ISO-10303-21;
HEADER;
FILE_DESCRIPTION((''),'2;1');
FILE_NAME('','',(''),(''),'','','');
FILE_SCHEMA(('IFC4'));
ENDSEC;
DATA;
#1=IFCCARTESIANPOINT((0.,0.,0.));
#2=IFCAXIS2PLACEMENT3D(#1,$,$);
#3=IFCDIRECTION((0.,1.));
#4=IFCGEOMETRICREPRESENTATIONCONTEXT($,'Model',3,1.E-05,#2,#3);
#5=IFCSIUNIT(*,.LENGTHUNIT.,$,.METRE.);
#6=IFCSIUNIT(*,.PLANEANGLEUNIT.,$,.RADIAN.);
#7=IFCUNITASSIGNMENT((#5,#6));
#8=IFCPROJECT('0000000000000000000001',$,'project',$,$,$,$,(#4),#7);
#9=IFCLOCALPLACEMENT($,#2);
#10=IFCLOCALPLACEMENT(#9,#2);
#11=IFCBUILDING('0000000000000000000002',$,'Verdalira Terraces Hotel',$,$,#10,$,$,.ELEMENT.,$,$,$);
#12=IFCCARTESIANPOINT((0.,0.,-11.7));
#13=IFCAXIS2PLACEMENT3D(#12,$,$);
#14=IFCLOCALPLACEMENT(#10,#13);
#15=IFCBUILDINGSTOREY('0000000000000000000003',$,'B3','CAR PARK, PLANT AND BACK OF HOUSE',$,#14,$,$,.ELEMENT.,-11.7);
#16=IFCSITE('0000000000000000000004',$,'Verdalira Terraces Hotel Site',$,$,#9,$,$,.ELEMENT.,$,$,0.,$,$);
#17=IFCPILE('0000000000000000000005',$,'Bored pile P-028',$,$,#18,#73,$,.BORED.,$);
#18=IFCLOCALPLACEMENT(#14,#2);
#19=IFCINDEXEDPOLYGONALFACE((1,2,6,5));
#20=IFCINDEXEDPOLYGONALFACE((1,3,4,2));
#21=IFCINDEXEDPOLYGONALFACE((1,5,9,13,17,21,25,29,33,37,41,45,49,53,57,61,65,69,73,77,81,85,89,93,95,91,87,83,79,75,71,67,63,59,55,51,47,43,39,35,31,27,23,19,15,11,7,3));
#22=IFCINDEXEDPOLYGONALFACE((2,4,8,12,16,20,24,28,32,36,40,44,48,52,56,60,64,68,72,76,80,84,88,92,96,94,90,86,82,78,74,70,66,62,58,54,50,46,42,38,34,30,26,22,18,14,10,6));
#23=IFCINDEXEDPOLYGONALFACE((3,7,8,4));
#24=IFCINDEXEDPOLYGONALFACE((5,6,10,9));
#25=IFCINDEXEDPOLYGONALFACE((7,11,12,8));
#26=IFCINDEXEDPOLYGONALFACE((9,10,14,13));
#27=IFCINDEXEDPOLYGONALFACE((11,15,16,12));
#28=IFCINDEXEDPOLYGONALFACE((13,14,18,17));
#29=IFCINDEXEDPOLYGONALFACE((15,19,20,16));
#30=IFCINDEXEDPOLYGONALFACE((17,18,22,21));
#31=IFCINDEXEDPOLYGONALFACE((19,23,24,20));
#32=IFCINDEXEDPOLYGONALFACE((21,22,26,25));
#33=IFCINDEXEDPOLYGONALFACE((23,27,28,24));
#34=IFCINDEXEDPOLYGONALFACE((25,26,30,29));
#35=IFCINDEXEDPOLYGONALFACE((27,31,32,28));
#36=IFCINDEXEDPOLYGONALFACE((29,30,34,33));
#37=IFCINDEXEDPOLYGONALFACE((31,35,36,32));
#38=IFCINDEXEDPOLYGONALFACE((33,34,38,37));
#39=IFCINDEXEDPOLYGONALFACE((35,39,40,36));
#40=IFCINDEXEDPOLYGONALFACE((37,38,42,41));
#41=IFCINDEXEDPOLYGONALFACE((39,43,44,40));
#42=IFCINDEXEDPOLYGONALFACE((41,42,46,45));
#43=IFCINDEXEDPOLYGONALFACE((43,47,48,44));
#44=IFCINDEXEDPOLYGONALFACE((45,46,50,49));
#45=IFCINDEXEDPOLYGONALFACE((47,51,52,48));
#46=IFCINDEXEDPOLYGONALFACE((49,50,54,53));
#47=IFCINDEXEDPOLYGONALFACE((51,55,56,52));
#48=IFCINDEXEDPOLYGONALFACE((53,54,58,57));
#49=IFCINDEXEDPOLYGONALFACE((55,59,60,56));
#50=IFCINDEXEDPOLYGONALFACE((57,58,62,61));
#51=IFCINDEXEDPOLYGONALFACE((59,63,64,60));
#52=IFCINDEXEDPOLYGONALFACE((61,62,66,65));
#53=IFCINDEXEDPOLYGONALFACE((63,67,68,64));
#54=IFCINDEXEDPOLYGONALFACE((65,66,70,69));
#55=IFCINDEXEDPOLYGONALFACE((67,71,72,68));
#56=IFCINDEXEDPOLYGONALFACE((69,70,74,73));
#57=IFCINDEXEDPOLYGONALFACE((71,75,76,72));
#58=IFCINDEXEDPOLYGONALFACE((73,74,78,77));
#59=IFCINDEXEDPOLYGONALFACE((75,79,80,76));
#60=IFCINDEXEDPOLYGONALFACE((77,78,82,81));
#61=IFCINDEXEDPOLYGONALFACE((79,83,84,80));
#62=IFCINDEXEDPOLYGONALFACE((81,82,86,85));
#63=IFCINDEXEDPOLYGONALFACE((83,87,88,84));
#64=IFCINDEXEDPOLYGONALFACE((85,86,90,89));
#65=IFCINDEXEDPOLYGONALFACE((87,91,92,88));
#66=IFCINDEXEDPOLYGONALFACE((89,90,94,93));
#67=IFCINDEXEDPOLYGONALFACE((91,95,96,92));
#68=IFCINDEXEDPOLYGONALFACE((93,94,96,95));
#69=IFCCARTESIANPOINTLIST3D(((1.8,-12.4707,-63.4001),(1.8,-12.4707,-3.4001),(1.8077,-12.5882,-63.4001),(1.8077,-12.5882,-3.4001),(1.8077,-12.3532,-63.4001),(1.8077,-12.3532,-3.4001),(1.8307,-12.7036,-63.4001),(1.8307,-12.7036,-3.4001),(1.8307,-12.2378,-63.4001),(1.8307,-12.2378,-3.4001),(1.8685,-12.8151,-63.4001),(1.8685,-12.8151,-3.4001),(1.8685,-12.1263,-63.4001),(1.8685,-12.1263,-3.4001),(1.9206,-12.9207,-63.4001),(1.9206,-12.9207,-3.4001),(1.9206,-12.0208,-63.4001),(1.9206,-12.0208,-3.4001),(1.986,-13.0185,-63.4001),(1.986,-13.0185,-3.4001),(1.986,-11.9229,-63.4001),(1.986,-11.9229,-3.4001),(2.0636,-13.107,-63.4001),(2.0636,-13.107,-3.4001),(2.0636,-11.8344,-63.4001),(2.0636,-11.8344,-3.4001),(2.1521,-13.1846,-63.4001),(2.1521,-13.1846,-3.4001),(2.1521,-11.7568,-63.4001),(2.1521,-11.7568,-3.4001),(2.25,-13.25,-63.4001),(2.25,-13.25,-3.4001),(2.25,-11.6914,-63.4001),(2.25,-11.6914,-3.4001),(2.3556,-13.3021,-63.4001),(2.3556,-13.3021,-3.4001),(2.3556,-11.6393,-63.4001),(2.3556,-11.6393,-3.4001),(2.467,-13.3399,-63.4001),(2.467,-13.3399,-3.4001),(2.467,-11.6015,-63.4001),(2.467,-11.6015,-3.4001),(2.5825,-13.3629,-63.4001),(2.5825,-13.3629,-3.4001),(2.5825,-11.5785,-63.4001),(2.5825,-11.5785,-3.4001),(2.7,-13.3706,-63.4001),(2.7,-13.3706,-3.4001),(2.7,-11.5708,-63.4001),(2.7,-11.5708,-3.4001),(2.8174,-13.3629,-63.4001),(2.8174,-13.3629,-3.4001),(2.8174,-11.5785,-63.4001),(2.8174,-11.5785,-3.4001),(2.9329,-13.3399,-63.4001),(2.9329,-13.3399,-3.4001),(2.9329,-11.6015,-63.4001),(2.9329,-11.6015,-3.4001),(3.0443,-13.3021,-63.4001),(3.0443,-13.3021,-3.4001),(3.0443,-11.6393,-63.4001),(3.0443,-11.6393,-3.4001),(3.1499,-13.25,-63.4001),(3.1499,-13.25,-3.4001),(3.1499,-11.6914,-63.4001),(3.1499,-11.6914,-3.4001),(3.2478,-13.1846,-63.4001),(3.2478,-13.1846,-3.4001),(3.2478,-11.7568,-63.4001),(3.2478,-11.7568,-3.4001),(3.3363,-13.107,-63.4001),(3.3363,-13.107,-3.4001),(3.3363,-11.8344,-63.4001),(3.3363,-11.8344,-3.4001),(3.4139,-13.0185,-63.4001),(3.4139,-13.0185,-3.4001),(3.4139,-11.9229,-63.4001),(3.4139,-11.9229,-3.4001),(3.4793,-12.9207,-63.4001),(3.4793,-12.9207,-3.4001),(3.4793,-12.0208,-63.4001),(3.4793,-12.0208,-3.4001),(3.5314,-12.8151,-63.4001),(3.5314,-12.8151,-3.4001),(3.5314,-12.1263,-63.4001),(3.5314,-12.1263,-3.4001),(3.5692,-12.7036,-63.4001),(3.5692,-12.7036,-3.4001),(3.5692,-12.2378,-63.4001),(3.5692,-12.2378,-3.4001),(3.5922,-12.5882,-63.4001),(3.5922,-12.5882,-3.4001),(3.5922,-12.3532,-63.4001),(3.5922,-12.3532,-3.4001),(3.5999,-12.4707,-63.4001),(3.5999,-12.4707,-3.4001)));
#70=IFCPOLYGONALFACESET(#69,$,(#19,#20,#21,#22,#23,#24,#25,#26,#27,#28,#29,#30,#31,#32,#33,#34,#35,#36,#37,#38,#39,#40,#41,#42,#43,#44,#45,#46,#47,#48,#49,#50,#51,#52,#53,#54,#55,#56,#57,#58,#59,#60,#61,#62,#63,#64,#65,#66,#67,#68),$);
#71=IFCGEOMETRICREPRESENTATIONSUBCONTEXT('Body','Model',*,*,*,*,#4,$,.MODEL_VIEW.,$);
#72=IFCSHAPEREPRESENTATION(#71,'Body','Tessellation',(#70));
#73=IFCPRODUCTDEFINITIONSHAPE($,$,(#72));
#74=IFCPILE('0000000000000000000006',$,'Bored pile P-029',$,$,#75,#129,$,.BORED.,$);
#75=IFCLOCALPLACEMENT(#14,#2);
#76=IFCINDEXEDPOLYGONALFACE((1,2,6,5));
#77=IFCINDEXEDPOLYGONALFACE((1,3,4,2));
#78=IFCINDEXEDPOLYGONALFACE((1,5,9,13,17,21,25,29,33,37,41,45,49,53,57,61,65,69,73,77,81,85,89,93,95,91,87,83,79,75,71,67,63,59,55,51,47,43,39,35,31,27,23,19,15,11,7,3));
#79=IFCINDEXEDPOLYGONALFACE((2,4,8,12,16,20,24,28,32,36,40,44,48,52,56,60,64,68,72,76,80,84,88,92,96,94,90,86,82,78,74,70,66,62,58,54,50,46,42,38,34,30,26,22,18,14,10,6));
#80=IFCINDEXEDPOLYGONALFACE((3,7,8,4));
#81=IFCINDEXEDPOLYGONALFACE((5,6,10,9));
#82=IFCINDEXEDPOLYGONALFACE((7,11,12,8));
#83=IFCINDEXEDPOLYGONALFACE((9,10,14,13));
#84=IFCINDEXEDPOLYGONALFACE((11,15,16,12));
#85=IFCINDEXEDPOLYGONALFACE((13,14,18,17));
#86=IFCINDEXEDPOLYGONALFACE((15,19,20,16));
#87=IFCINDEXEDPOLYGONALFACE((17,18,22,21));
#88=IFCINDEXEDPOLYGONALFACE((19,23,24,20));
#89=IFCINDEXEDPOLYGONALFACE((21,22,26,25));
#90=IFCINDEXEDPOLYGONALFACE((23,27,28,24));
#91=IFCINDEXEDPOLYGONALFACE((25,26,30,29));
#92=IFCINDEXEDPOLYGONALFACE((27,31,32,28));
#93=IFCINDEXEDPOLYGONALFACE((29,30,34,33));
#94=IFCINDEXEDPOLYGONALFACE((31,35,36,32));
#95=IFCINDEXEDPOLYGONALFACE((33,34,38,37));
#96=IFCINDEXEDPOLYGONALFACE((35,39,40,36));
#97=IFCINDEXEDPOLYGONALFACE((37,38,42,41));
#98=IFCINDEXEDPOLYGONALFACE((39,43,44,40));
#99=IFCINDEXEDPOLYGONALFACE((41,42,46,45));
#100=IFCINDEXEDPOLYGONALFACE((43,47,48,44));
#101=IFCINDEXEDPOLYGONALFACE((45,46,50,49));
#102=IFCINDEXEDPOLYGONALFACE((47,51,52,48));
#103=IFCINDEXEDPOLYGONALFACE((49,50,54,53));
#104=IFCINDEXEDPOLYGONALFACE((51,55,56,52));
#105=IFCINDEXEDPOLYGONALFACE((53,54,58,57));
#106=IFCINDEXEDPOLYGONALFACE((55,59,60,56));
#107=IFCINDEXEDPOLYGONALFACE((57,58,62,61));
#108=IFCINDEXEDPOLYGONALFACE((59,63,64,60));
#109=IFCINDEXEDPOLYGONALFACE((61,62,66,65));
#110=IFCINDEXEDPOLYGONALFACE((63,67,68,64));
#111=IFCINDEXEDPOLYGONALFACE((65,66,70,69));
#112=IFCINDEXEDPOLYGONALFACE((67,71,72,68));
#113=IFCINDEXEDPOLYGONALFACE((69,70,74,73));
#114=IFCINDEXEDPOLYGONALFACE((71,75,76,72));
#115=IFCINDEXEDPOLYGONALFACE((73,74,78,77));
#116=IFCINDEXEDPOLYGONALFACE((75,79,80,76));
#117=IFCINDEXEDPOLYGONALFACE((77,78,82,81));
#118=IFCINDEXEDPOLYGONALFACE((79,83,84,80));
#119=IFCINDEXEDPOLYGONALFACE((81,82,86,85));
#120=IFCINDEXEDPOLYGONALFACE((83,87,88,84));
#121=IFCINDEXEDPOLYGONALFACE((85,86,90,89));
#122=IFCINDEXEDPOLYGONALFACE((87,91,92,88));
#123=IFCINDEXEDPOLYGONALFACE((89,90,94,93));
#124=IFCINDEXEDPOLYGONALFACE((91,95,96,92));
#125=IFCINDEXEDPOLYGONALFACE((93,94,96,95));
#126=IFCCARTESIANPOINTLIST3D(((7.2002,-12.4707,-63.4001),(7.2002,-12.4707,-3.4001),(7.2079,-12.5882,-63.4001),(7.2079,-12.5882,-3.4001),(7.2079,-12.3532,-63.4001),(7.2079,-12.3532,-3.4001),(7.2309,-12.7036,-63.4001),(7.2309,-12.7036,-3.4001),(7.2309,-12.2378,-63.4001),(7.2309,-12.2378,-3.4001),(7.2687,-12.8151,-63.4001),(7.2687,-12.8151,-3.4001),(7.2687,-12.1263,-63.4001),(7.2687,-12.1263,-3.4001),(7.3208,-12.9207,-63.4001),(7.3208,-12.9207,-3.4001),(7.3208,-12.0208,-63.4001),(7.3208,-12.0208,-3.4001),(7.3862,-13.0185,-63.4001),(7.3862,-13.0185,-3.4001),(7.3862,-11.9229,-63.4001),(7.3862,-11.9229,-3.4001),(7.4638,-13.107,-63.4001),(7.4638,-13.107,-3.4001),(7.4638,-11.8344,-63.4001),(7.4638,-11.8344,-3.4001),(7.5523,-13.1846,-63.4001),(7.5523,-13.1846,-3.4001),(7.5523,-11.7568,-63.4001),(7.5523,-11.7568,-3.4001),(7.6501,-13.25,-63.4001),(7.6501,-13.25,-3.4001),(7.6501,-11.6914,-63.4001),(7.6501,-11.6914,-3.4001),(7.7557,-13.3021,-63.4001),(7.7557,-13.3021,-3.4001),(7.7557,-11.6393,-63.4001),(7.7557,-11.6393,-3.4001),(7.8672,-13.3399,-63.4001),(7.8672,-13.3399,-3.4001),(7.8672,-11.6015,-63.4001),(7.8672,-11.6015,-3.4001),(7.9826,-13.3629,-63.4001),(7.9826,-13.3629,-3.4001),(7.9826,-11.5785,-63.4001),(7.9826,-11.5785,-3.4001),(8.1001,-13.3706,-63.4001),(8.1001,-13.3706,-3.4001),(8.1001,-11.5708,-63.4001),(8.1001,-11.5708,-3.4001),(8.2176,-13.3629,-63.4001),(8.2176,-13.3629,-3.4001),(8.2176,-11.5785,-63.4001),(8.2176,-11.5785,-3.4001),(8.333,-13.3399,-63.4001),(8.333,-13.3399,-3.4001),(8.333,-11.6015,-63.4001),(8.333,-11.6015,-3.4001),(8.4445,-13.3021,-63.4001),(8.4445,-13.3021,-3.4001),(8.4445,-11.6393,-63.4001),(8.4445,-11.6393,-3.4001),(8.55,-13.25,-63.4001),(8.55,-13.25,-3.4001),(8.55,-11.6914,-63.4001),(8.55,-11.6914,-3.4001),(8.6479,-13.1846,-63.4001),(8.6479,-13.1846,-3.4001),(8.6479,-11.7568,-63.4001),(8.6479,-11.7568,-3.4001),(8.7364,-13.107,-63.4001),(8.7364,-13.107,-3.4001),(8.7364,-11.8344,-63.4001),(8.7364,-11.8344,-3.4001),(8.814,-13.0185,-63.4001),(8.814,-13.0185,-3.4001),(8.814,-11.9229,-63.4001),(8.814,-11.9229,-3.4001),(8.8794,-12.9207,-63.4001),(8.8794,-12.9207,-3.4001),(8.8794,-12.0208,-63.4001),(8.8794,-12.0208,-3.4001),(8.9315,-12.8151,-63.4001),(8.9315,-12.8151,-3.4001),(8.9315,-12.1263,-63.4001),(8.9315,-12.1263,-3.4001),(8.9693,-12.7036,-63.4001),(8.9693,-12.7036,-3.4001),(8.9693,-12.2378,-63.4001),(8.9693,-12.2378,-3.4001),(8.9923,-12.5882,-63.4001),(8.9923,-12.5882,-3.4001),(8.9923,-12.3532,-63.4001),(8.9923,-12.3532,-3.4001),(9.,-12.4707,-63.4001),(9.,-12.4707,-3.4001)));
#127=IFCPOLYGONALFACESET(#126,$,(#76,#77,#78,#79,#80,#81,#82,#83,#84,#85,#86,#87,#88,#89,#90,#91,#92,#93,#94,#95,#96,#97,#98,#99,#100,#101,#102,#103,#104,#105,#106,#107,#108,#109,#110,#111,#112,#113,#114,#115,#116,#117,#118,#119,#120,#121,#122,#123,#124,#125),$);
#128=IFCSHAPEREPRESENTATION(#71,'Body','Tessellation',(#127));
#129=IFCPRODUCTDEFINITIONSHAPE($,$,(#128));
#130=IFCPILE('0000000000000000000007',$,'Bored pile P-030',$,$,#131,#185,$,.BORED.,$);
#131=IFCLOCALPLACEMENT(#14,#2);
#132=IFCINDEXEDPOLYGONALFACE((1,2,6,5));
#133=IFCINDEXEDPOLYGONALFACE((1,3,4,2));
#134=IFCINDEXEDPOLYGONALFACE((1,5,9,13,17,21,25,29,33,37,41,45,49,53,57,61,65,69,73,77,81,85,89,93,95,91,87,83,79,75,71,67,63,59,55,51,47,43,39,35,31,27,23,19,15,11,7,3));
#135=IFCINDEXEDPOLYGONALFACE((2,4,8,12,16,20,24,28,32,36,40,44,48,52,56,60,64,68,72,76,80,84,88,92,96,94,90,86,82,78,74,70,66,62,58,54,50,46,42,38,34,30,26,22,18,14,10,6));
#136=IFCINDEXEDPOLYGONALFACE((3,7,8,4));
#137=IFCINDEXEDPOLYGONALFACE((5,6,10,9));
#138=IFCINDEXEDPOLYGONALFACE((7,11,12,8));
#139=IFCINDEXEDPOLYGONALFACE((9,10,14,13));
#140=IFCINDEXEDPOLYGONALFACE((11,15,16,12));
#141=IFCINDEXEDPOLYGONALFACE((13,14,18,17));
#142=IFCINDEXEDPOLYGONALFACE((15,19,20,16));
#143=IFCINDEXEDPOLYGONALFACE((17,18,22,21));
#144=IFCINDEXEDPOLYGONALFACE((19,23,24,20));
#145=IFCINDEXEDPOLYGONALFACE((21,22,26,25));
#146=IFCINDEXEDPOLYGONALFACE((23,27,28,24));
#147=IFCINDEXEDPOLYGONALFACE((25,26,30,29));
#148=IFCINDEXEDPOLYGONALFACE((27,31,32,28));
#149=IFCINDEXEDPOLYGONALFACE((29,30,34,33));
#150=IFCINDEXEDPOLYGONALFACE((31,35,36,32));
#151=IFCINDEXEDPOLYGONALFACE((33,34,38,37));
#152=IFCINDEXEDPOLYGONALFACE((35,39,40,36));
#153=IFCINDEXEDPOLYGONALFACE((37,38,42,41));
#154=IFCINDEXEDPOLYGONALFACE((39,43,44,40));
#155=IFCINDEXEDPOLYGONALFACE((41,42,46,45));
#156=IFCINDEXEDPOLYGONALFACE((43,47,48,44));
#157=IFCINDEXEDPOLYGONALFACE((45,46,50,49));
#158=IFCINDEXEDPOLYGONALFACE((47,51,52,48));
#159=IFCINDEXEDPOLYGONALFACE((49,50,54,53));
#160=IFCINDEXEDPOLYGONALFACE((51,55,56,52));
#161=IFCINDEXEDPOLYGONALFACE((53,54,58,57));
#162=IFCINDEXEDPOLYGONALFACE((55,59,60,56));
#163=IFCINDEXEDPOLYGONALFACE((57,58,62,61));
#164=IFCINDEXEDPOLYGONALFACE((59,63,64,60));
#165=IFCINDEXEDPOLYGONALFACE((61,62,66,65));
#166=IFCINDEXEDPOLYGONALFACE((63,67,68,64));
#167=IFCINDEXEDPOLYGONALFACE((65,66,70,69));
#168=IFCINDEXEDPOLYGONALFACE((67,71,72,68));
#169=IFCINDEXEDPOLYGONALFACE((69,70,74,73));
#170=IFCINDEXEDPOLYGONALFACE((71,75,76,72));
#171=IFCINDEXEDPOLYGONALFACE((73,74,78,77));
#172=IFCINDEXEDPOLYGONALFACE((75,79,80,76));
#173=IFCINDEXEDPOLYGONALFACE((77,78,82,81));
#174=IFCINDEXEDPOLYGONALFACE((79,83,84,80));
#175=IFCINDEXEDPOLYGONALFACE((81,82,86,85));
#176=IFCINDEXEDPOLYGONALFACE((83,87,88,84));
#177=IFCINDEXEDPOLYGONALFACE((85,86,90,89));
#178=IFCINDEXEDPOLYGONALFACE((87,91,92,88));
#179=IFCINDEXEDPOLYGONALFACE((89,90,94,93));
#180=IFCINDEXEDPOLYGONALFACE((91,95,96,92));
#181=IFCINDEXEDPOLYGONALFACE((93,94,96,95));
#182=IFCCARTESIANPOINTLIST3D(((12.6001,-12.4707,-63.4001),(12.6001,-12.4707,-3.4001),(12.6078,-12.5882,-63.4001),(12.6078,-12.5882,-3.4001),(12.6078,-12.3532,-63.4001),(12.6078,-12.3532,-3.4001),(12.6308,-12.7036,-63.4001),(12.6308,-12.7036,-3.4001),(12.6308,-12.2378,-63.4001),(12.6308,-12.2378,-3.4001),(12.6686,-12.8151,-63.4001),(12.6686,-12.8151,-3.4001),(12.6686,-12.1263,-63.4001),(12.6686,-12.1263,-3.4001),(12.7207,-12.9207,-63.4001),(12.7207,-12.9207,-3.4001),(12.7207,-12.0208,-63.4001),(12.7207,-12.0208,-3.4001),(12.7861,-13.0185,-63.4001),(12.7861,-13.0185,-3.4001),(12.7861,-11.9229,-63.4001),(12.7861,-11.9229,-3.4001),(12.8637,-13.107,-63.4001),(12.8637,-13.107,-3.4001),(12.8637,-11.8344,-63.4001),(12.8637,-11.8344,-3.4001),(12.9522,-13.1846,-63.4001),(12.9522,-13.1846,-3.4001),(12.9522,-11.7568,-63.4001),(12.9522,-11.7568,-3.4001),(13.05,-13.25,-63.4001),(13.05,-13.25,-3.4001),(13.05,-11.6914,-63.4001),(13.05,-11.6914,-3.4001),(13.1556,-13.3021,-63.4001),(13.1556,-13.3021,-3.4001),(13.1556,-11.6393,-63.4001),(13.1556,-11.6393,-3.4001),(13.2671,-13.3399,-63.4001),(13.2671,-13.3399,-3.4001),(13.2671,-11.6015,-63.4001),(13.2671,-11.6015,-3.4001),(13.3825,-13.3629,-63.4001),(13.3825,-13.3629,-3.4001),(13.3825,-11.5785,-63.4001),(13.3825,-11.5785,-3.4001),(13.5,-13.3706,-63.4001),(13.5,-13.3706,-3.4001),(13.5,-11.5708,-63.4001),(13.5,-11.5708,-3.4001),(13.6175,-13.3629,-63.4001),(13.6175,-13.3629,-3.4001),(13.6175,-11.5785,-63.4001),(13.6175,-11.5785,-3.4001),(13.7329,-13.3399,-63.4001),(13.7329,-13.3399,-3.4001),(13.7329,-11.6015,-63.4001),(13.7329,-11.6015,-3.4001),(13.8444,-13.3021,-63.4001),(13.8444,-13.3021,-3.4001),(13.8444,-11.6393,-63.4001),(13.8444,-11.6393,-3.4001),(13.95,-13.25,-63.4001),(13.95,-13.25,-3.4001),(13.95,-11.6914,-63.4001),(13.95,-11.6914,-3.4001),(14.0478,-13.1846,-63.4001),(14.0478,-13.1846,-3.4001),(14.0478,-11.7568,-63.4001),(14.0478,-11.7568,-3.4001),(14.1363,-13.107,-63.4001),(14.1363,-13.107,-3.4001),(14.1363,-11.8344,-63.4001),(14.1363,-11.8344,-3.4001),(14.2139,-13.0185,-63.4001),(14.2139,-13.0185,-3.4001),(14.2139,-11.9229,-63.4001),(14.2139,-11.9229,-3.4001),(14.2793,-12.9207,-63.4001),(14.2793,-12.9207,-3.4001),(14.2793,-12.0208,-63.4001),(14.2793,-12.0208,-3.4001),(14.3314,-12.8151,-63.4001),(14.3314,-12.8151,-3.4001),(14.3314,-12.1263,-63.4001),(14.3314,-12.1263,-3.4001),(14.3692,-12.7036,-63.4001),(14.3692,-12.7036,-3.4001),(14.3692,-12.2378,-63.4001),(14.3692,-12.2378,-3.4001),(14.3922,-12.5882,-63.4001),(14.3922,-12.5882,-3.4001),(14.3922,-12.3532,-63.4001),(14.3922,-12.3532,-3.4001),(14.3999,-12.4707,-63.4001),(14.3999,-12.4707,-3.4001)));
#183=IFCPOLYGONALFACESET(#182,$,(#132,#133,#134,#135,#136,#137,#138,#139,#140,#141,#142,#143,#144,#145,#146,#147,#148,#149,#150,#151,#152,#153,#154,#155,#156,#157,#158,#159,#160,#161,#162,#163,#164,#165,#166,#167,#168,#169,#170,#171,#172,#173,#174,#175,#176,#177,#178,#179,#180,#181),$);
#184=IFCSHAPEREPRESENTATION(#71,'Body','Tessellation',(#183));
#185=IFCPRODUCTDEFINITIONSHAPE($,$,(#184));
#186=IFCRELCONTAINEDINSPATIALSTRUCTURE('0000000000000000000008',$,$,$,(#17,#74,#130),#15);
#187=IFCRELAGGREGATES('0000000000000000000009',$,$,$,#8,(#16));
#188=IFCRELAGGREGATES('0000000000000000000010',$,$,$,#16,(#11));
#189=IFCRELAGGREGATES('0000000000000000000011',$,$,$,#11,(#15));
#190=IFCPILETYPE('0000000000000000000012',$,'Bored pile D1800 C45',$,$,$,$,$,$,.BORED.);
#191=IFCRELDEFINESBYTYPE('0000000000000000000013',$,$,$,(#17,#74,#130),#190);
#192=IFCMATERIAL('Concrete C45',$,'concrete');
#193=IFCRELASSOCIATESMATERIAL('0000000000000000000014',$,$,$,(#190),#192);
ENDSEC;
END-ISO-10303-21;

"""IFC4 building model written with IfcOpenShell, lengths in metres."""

from ifc_helpers import new_model, si_unit, direction, frame, origin, origin_2d, place, context, subcontext, project, spatial, circle, extrude, material, material_profile, profile_set, type_object, element, save


model = new_model("IFC4")

# Units and contexts
model_context = context("Model", 3, precision=1e-05, world=origin(), true_north=direction((0.0, 1.0)))
body_context = subcontext(model_context, "Body", "Model", "MODEL_VIEW")
ifc_project = project(units=[si_unit("LENGTHUNIT", "METRE"), si_unit("PLANEANGLEUNIT", "RADIAN")], contexts=[model_context])

# Site, building, storey
site_placement = place(None, origin())
site = spatial("IfcSite", under=ifc_project, at=site_placement, Name="Verdalira Terraces Hotel Site", CompositionType="ELEMENT", RefElevation=0.0)
building_placement = place(site_placement, origin())
building = spatial("IfcBuilding", under=site, at=building_placement, Name="Verdalira Terraces Hotel", CompositionType="ELEMENT")
storey_placement = place(building_placement, frame((0.0, 0.0, -11.7)))
storey = spatial("IfcBuildingStorey", under=building, at=storey_placement, Name="B3", Description="CAR PARK, PLANT AND BACK OF HOUSE", CompositionType="ELEMENT", Elevation=-11.7)

# Piles
ifc_material_1 = material(Name="Concrete C45", Category="concrete")
ifc_material_profile = material_profile(ifc_material_1, circle(Radius=0.8999, at=origin_2d()), Name="D1800")
ifc_profile_set = profile_set([ifc_material_profile], Name="Concrete C45")
pile_type = type_object("IfcPileType", Name="Bored pile D1800 C45", PredefinedType="BORED", material=ifc_profile_set)
for number, where, z_axis, x_axis, name in (
    (1, (2.7, -12.4707, -3.4001), (0.0, 0.0, -1.0), (1.0, 0.0, 0.0), "Bored pile P-028"),
    (2, (8.1001, -12.4707, -3.4001), (0.0, 0.0, -1.0), (1.0, 0.0, 0.0), "Bored pile P-029"),
    (3, (13.5, -12.4707, -3.4001), (0.0, 0.0, -1.0), (1.0, 0.0, 0.0), "Bored pile P-030"),
):
    element("IfcPile", number, at=place(storey_placement, frame(where, z_axis=z_axis, x_axis=x_axis)), inside=storey, type_object=pile_type, Name=name, PredefinedType="BORED", context=body_context, shape_type="SweptSolid", body=[
        extrude(circle(Radius=0.8999, at=origin_2d()), origin(), (0.0, 0.0, 1.0), 60.0),
    ])

save(model, "model.ifc")
